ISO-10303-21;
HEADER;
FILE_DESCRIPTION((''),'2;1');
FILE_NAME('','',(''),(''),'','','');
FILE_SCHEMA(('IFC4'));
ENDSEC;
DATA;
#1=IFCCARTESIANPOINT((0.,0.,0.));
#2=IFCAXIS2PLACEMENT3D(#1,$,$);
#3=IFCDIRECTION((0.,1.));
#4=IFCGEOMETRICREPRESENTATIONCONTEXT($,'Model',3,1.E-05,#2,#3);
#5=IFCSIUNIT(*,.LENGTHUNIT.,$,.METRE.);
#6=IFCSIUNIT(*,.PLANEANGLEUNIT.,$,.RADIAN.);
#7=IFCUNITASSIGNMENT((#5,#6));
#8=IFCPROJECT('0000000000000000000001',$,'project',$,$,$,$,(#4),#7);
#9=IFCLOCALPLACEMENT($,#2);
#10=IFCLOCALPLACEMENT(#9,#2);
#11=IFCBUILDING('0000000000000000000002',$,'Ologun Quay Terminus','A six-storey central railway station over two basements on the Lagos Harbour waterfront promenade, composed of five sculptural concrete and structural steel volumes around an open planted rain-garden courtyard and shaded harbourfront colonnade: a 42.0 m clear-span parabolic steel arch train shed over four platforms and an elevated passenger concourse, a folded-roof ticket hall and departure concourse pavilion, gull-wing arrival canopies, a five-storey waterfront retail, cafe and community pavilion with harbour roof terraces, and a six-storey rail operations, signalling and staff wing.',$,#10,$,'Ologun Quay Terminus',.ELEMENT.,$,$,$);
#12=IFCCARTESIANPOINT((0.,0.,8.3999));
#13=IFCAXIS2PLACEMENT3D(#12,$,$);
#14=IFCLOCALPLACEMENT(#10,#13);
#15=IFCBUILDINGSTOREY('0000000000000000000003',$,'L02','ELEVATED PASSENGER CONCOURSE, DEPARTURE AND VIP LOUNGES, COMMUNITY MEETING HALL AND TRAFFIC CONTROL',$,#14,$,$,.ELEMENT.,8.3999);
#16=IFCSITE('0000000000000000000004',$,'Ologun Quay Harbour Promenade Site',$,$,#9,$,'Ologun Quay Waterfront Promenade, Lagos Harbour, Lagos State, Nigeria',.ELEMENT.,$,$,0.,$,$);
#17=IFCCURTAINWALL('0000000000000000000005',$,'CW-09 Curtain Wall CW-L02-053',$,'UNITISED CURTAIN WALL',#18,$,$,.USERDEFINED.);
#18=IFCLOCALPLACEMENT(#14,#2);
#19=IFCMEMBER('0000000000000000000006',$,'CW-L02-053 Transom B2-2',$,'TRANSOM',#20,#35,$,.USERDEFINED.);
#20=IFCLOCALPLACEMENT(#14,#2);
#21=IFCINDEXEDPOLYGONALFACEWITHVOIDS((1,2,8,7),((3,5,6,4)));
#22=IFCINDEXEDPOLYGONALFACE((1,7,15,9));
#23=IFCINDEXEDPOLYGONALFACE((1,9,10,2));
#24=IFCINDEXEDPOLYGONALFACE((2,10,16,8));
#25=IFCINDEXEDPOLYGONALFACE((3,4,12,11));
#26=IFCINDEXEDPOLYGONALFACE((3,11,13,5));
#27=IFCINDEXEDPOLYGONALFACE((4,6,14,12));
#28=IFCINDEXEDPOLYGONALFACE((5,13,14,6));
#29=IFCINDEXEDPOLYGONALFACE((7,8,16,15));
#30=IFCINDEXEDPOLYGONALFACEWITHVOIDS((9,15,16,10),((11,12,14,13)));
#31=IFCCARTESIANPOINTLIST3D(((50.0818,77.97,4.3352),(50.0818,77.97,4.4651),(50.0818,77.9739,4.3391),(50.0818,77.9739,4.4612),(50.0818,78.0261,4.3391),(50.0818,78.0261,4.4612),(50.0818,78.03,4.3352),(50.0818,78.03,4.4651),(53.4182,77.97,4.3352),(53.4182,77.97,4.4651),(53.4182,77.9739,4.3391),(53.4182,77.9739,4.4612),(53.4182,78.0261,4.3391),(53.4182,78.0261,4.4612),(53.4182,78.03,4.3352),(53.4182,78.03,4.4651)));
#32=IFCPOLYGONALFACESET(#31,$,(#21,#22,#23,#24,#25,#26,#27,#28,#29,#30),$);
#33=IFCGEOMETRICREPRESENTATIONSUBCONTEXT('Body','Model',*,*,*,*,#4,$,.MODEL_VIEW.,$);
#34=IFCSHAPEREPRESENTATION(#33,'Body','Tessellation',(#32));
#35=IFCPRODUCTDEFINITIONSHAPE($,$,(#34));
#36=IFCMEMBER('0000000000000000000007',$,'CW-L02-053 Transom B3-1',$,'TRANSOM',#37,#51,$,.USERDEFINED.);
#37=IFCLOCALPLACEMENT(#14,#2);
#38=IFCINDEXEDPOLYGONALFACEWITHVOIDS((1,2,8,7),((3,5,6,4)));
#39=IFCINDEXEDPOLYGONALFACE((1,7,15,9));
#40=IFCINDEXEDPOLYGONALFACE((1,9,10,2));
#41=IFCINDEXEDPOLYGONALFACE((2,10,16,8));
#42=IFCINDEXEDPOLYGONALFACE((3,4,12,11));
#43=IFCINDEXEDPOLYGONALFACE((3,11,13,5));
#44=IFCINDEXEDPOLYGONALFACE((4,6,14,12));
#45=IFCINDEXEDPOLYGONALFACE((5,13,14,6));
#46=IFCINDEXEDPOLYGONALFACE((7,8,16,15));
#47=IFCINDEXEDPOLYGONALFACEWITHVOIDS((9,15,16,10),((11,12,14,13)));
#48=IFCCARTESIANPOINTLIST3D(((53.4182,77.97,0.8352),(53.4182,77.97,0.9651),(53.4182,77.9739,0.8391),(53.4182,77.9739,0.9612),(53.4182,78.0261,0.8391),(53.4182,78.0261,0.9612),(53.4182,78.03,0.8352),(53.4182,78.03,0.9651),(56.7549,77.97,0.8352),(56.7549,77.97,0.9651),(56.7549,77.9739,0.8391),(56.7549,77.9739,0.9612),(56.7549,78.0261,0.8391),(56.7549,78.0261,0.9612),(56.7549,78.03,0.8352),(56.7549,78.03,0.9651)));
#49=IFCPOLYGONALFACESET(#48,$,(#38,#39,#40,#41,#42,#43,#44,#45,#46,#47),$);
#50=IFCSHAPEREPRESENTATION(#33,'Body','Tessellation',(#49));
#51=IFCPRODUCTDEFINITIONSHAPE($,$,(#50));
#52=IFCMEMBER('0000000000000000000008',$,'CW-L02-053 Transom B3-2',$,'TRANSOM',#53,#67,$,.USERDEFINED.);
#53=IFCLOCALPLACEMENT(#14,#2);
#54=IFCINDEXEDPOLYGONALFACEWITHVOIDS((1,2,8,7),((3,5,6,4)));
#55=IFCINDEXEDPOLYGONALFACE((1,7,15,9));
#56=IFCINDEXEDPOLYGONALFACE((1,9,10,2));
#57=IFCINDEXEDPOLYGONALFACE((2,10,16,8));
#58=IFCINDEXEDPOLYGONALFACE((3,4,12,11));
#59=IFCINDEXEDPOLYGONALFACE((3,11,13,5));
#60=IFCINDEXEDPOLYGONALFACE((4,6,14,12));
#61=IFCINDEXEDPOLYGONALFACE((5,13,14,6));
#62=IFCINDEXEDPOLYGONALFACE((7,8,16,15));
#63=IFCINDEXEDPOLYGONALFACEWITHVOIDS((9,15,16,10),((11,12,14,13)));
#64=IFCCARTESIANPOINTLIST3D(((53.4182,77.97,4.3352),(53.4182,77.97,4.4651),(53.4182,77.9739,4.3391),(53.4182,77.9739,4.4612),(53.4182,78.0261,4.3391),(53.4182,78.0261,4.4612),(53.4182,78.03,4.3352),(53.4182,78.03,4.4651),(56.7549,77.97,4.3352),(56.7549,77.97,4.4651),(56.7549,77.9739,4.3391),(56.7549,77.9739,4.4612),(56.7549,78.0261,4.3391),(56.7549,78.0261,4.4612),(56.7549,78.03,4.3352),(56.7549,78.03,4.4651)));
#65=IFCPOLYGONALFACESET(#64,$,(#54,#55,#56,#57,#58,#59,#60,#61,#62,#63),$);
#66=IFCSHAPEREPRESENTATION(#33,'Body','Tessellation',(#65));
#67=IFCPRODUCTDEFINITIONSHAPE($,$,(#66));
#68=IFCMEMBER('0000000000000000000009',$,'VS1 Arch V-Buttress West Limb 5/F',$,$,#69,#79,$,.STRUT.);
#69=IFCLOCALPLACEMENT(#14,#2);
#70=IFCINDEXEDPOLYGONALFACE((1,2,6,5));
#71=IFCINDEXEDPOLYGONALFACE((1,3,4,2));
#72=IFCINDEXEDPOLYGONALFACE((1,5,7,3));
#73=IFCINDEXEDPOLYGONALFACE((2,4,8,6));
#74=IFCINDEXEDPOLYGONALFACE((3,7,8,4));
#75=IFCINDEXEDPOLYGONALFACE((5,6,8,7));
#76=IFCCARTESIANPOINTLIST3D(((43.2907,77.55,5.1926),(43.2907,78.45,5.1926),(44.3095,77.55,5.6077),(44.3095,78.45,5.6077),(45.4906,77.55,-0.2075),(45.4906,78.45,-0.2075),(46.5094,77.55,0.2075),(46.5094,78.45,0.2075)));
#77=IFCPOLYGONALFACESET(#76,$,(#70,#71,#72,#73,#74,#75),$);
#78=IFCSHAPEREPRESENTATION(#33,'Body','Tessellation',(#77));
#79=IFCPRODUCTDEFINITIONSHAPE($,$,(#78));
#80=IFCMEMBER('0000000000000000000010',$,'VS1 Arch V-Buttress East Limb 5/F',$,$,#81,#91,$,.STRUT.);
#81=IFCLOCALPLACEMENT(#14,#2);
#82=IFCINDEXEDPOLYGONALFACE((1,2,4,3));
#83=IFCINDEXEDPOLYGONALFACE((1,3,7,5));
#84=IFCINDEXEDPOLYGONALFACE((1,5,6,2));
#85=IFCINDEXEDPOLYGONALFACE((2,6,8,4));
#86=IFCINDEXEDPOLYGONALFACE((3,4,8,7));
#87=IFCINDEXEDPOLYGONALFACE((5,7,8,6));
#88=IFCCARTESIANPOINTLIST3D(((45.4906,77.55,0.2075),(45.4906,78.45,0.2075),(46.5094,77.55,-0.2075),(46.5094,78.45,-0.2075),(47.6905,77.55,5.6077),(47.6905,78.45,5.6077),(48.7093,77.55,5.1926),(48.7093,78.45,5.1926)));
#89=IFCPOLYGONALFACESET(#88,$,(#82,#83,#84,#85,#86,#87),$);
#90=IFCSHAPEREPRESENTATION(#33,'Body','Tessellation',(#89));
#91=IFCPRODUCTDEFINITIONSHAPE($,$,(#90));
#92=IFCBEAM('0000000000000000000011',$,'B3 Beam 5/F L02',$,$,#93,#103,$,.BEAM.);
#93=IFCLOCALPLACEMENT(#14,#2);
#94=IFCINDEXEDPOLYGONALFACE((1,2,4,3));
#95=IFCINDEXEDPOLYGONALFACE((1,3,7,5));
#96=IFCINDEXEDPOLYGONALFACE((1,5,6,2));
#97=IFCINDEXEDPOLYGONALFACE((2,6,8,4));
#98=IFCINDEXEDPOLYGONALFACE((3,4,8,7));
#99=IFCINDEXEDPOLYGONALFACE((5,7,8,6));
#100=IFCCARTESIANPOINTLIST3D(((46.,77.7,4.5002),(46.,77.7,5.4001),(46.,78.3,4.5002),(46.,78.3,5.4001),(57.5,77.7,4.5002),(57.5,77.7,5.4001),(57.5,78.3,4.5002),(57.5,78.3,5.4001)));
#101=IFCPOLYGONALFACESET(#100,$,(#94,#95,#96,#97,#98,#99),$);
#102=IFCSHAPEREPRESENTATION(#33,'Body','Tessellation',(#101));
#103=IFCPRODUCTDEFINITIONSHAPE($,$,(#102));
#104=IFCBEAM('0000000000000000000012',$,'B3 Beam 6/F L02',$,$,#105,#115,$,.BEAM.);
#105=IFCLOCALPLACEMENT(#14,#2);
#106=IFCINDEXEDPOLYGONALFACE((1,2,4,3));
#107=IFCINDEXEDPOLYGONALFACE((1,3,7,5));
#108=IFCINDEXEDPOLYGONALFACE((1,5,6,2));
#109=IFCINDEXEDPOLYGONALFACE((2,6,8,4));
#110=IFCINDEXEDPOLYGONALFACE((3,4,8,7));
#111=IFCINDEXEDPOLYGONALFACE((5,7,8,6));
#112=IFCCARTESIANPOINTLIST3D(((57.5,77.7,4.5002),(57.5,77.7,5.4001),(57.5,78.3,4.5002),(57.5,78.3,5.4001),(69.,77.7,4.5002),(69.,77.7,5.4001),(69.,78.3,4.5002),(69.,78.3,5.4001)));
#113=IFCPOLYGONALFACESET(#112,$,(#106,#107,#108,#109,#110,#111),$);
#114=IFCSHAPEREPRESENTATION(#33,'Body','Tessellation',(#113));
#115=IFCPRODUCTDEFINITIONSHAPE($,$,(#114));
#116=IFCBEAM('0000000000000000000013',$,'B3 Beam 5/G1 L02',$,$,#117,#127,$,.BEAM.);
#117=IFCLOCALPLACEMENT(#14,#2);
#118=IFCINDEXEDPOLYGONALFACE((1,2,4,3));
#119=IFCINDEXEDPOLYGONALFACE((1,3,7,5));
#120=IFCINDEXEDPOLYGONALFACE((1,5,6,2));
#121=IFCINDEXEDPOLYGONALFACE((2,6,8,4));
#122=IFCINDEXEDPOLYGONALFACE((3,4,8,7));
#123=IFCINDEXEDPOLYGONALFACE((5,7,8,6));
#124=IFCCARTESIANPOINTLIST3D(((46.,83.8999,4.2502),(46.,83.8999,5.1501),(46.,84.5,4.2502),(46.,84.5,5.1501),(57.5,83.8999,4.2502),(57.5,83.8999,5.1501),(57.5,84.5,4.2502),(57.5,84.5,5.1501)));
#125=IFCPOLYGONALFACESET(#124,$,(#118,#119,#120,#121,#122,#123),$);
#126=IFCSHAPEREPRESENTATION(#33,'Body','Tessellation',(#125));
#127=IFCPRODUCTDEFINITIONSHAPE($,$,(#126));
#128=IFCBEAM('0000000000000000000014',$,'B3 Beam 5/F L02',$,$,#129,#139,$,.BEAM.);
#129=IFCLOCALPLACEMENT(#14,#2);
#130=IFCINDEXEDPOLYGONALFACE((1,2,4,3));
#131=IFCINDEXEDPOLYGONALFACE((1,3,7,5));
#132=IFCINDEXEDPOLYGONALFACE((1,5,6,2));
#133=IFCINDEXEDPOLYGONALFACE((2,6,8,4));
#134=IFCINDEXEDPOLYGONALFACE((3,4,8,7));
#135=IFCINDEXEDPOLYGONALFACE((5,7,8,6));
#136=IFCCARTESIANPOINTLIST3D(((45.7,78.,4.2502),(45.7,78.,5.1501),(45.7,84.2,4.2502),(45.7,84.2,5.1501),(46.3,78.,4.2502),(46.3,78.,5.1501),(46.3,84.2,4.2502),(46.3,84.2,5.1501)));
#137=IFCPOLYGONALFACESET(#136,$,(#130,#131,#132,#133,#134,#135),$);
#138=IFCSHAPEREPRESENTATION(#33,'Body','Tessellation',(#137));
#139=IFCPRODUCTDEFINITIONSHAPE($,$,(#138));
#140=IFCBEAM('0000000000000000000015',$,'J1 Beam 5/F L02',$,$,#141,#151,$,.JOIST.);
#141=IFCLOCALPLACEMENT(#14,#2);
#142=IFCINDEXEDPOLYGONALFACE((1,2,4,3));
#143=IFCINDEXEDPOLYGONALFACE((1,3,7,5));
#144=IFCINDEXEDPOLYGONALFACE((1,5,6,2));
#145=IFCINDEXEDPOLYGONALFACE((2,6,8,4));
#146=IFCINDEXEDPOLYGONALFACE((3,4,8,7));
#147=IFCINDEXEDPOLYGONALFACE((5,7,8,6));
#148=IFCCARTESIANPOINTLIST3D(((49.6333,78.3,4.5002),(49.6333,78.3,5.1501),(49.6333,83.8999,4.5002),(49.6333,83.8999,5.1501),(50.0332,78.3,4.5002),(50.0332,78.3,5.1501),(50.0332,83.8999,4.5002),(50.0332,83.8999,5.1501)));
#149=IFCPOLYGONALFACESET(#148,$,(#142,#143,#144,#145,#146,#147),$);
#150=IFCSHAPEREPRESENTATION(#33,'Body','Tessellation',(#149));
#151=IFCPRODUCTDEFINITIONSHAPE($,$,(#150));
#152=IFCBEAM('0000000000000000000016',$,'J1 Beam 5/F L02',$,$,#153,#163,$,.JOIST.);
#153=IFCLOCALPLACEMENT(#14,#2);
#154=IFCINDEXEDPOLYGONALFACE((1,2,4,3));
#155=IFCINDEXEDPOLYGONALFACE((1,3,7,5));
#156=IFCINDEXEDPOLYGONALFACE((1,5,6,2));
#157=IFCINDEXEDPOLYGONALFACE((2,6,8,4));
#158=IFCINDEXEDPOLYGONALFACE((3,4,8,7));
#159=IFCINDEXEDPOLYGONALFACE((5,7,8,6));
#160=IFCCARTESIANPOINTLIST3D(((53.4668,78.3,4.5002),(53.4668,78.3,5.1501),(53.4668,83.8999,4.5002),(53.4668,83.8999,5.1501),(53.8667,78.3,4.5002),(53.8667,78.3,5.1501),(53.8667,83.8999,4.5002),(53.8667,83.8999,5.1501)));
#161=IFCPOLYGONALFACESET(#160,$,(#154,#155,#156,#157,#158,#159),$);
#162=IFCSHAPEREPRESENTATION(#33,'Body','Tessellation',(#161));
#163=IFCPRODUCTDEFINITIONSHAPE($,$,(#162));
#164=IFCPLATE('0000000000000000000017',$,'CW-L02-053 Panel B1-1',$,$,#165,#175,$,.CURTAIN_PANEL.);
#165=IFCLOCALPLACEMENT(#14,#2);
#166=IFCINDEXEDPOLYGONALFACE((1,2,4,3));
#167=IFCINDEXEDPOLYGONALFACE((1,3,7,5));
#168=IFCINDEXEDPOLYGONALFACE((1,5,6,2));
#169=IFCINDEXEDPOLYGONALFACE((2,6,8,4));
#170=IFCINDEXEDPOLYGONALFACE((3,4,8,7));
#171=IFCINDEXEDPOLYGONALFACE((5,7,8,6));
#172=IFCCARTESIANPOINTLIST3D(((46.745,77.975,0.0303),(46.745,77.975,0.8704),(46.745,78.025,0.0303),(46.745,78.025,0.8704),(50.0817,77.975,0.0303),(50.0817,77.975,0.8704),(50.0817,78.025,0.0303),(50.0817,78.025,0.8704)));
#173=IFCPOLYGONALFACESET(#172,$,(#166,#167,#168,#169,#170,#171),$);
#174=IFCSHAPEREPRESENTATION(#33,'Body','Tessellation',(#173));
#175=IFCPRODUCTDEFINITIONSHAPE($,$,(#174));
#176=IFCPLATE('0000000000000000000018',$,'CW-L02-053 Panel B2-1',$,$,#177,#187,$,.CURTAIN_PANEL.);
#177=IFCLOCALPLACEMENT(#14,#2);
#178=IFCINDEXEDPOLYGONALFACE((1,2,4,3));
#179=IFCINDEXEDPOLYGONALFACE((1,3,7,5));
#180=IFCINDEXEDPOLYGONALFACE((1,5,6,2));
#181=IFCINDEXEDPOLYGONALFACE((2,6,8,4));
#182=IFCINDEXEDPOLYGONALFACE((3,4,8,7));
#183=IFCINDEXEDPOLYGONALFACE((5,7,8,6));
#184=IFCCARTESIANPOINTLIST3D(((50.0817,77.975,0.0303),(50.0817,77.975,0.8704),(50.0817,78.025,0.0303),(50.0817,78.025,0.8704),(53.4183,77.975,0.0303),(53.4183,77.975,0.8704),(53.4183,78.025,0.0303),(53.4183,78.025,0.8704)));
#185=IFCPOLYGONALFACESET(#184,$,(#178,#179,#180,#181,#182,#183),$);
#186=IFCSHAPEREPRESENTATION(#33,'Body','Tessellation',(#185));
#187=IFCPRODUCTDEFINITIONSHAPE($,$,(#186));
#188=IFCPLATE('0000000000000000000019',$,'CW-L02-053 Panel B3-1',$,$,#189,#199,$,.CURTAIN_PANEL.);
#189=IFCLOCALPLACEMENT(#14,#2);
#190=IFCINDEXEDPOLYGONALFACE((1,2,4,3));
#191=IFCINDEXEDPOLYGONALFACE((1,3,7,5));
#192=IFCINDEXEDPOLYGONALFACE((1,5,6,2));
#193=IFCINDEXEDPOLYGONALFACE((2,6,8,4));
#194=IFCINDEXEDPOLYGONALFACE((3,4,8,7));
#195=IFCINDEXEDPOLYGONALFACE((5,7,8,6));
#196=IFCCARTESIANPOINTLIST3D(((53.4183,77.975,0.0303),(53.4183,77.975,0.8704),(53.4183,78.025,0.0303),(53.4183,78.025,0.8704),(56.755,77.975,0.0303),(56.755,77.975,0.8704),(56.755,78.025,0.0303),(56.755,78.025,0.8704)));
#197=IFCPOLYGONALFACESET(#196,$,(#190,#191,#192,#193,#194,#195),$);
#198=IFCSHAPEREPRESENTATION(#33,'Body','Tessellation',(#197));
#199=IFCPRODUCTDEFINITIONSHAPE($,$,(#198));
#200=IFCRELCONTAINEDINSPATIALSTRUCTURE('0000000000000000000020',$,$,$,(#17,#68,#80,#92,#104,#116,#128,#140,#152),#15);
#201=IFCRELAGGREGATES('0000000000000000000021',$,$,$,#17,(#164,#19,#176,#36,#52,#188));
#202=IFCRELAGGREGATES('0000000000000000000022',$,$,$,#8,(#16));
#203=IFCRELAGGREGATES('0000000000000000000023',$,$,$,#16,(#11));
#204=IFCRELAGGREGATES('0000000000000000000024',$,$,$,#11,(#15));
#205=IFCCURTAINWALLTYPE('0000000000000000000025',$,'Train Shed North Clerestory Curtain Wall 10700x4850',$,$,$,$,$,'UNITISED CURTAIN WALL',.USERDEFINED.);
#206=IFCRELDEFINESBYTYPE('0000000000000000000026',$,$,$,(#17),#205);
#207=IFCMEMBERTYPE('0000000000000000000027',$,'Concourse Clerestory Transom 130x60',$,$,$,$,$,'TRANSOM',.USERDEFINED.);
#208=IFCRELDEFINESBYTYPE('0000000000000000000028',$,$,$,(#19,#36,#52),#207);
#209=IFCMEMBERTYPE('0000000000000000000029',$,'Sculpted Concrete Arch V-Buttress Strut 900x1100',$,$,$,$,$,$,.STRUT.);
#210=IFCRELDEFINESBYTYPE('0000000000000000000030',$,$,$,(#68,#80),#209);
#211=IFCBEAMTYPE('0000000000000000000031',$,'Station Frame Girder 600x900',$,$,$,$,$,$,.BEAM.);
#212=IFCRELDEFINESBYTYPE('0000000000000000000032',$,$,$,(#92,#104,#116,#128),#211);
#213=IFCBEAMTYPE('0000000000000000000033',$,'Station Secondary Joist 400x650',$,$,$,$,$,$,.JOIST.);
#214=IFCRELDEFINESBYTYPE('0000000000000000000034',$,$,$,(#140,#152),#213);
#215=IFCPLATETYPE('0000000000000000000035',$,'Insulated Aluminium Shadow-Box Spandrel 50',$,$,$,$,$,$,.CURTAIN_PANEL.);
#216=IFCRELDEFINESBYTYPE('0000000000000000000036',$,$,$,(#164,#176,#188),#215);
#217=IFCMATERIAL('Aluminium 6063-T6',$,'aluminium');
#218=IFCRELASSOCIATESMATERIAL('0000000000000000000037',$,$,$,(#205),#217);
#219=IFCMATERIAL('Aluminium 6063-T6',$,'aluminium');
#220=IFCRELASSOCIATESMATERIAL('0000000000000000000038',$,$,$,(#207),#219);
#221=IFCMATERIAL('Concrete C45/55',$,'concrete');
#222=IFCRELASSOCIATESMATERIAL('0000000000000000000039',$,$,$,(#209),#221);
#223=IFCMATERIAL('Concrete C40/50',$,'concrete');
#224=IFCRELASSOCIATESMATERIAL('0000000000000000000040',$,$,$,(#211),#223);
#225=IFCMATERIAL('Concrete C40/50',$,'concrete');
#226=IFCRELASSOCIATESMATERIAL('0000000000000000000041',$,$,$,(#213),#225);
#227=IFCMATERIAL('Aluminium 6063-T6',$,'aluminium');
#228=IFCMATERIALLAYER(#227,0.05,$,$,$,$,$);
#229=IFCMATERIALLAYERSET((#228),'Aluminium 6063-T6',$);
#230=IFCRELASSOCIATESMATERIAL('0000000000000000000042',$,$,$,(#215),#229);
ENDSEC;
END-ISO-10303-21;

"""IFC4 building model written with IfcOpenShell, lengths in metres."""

from ifc_helpers import new_model, si_unit, direction, frame, origin, origin_2d, place, context, subcontext, project, spatial, rectangle, hollow_rectangle, extrude, material, layer, layer_set, material_profile, profile_set, type_object, element, aggregate, save


model = new_model("IFC4")

# Units and contexts
model_context = context("Model", 3, precision=1e-05, world=origin(), true_north=direction((0.0, 1.0)))
body_context = subcontext(model_context, "Body", "Model", "MODEL_VIEW")
ifc_project = project(units=[si_unit("LENGTHUNIT", "METRE"), si_unit("PLANEANGLEUNIT", "RADIAN")], contexts=[model_context])

# Site, building, storey
site_placement = place(None, origin())
site = spatial("IfcSite", under=ifc_project, at=site_placement, Name="Ologun Quay Harbour Promenade Site", LongName="Ologun Quay Waterfront Promenade, Lagos Harbour, Lagos State, Nigeria", CompositionType="ELEMENT", RefElevation=0.0)
building_placement = place(site_placement, origin())
building = spatial("IfcBuilding", under=site, at=building_placement, Name="Ologun Quay Terminus", Description="A six-storey central railway station over two basements on the Lagos Harbour waterfront promenade, composed of five sculptural concrete and structural steel volumes around an open planted rain-garden courtyard and shaded harbourfront colonnade: a 42.0 m clear-span parabolic steel arch train shed over four platforms and an elevated passenger concourse, a folded-roof ticket hall and departure concourse pavilion, gull-wing arrival canopies, a five-storey waterfront retail, cafe and community pavilion with harbour roof terraces, and a six-storey rail operations, signalling and staff wing.", LongName="Ologun Quay Terminus", CompositionType="ELEMENT")
storey_placement = place(building_placement, frame((0.0, 0.0, 8.3999)))
storey = spatial("IfcBuildingStorey", under=building, at=storey_placement, Name="L02", Description="ELEVATED PASSENGER CONCOURSE, DEPARTURE AND VIP LOUNGES, COMMUNITY MEETING HALL AND TRAFFIC CONTROL", CompositionType="ELEMENT", Elevation=8.3999)

# Shared definitions
ifc_material_1 = material(Name="Aluminium 6063-T6", Category="aluminium")
curtain_wall_type = type_object("IfcCurtainWallType", Name="Train Shed North Clerestory Curtain Wall 10700x4850", ElementType="UNITISED CURTAIN WALL", PredefinedType="USERDEFINED", material=ifc_material_1)

# Curtain wall, members
curtain_wall_1_placement = place(storey_placement, origin())
curtain_wall_1 = element("IfcCurtainWall", 1, at=curtain_wall_1_placement, inside=storey, type_object=curtain_wall_type, Name="CW-09 Curtain Wall CW-L02-053", ObjectType="UNITISED CURTAIN WALL", PredefinedType="USERDEFINED")
ifc_material_2 = material(Name="Aluminium 6063-T6", Category="aluminium")
ifc_material_profile_1 = material_profile(ifc_material_2, hollow_rectangle(XDim=0.0601, YDim=0.1299, WallThickness=0.0039, at=origin_2d()), Name="ALU 130x60x4")
ifc_profile_set_1 = profile_set([ifc_material_profile_1], Name="Aluminium 6063-T6")
member_type_1 = type_object("IfcMemberType", Name="Concourse Clerestory Transom 130x60", ElementType="TRANSOM", PredefinedType="USERDEFINED", material=ifc_profile_set_1)
member_1_placement = place(storey_placement, frame((50.0818, 78.0, 4.4001), z_axis=(1.0, 0.0, 0.0), x_axis=(0.0, 1.0, 0.0)))
member_1 = element("IfcMember", 2, at=member_1_placement, type_object=member_type_1, Name="CW-L02-053 Transom B2-2", ObjectType="TRANSOM", PredefinedType="USERDEFINED", context=body_context, shape_type="SweptSolid", body=[
    extrude(hollow_rectangle(XDim=0.0601, YDim=0.1299, WallThickness=0.0039, at=origin_2d()), origin(), (0.0, 0.0, 1.0), 3.3364),
])
member_2_placement = place(storey_placement, frame((53.4182, 78.0, 0.9001), z_axis=(1.0, 0.0, 0.0), x_axis=(0.0, 1.0, 0.0)))
member_2 = element("IfcMember", 3, at=member_2_placement, type_object=member_type_1, Name="CW-L02-053 Transom B3-1", ObjectType="TRANSOM", PredefinedType="USERDEFINED", context=body_context, shape_type="SweptSolid", body=[
    extrude(hollow_rectangle(XDim=0.0601, YDim=0.1299, WallThickness=0.0039, at=origin_2d()), origin(), (0.0, 0.0, 1.0), 3.3367),
])
member_3_placement = place(storey_placement, frame((53.4182, 78.0, 4.4001), z_axis=(1.0, 0.0, 0.0), x_axis=(0.0, 1.0, 0.0)))
member_3 = element("IfcMember", 4, at=member_3_placement, type_object=member_type_1, Name="CW-L02-053 Transom B3-2", ObjectType="TRANSOM", PredefinedType="USERDEFINED", context=body_context, shape_type="SweptSolid", body=[
    extrude(hollow_rectangle(XDim=0.0601, YDim=0.1299, WallThickness=0.0039, at=origin_2d()), origin(), (0.0, 0.0, 1.0), 3.3367),
])

# Members
ifc_material_3 = material(Name="Concrete C45/55", Category="concrete")
ifc_material_profile_2 = material_profile(ifc_material_3, rectangle(XDim=0.8999, YDim=1.1001, at=origin_2d()), Name="RC 900x1100")
ifc_profile_set_2 = profile_set([ifc_material_profile_2], Name="Concrete C45/55")
member_type_2 = type_object("IfcMemberType", Name="Sculpted Concrete Arch V-Buttress Strut 900x1100", PredefinedType="STRUT", material=ifc_profile_set_2)
for number, where, z_axis, x_axis, name in (
    (5, (46.0, 78.0, 0.0), (-0.377281, 0.0, 0.926099), (0.0, -1.0, 0.0), "VS1 Arch V-Buttress West Limb 5/F"),
    (6, (46.0, 78.0, 0.0), (0.377281, 0.0, 0.926099), (0.0, 1.0, 0.0), "VS1 Arch V-Buttress East Limb 5/F"),
):
    element("IfcMember", number, at=place(storey_placement, frame(where, z_axis=z_axis, x_axis=x_axis)), inside=storey, type_object=member_type_2, Name=name, PredefinedType="STRUT", context=body_context, shape_type="SweptSolid", body=[
        extrude(rectangle(XDim=0.8999, YDim=1.1001, at=origin_2d()), origin(), (0.0, 0.0, 1.0), 5.8311),
    ])

# Beams
ifc_material_4 = material(Name="Concrete C40/50", Category="concrete")
ifc_material_profile_3 = material_profile(ifc_material_4, rectangle(XDim=0.6001, YDim=0.8999, at=origin_2d()), Name="RC 600x900")
ifc_profile_set_3 = profile_set([ifc_material_profile_3], Name="Concrete C40/50")
beam_type_1 = type_object("IfcBeamType", Name="Station Frame Girder 600x900", PredefinedType="BEAM", material=ifc_profile_set_3)
for number, where, z_axis, x_axis, name in (
    (7, (46.0, 78.0, 4.9502), (1.0, 0.0, 0.0), (0.0, 1.0, 0.0), "B3 Beam 5/F L02"),
    (8, (57.5, 78.0, 4.9502), (1.0, 0.0, 0.0), (0.0, 1.0, 0.0), "B3 Beam 6/F L02"),
    (9, (46.0, 84.2, 4.7002), (1.0, 0.0, 0.0), (0.0, 1.0, 0.0), "B3 Beam 5/G1 L02"),
):
    element("IfcBeam", number, at=place(storey_placement, frame(where, z_axis=z_axis, x_axis=x_axis)), inside=storey, type_object=beam_type_1, Name=name, PredefinedType="BEAM", context=body_context, shape_type="SweptSolid", body=[
        extrude(rectangle(XDim=0.6001, YDim=0.8999, at=origin_2d()), origin(), (0.0, 0.0, 1.0), 11.5),
    ])
beam_placement = place(storey_placement, frame((46.0, 78.0, 4.7002), z_axis=(0.0, 1.0, 0.0), x_axis=(-1.0, 0.0, 0.0)))
element("IfcBeam", 10, at=beam_placement, inside=storey, type_object=beam_type_1, Name="B3 Beam 5/F L02", PredefinedType="BEAM", context=body_context, shape_type="SweptSolid", body=[
    extrude(rectangle(XDim=0.6001, YDim=0.8999, at=origin_2d()), origin(), (0.0, 0.0, 1.0), 6.2),
])
ifc_material_5 = material(Name="Concrete C40/50", Category="concrete")
ifc_material_profile_4 = material_profile(ifc_material_5, rectangle(XDim=0.3999, YDim=0.6499, at=origin_2d()), Name="RC 400x650")
ifc_profile_set_4 = profile_set([ifc_material_profile_4], Name="Concrete C40/50")
beam_type_2 = type_object("IfcBeamType", Name="Station Secondary Joist 400x650", PredefinedType="JOIST", material=ifc_profile_set_4)
for number, where, z_axis, x_axis, name in (
    (11, (49.8333, 78.3, 4.8252), (0.0, 1.0, 0.0), (-1.0, 0.0, 0.0), "J1 Beam 5/F L02"),
    (12, (53.6667, 78.3, 4.8252), (0.0, 1.0, 0.0), (-1.0, 0.0, 0.0), "J1 Beam 5/F L02"),
):
    element("IfcBeam", number, at=place(storey_placement, frame(where, z_axis=z_axis, x_axis=x_axis)), inside=storey, type_object=beam_type_2, Name=name, PredefinedType="JOIST", context=body_context, shape_type="SweptSolid", body=[
        extrude(rectangle(XDim=0.3999, YDim=0.6499, at=origin_2d()), origin(), (0.0, 0.0, 1.0), 5.5999),
    ])

# Plates
ifc_material_6 = material(Name="Aluminium 6063-T6", Category="aluminium")
ifc_layer_1 = layer(ifc_material_6, 0.05)
ifc_layer_set_1 = layer_set([ifc_layer_1], Name="Aluminium 6063-T6")
plate_type_1 = type_object("IfcPlateType", Name="Insulated Aluminium Shadow-Box Spandrel 50", PredefinedType="CURTAIN_PANEL", material=ifc_layer_set_1)
plate_1_placement = place(storey_placement, frame((48.4133, 78.0, 0.0303), z_axis=(0.0, 0.0, 1.0), x_axis=(1.0, 0.0, 0.0)))
plate_1 = element("IfcPlate", 13, at=plate_1_placement, type_object=plate_type_1, Name="CW-L02-053 Panel B1-1", PredefinedType="CURTAIN_PANEL", context=body_context, shape_type="SweptSolid", body=[
    extrude(rectangle(XDim=3.3367, YDim=0.05, at=origin_2d()), origin(), (0.0, 0.0, 1.0), 0.8401),
])
plate_2_placement = place(storey_placement, frame((51.75, 78.0, 0.0303), z_axis=(0.0, 0.0, 1.0), x_axis=(1.0, 0.0, 0.0)))
plate_2 = element("IfcPlate", 14, at=plate_2_placement, type_object=plate_type_1, Name="CW-L02-053 Panel B2-1", PredefinedType="CURTAIN_PANEL", context=body_context, shape_type="SweptSolid", body=[
    extrude(rectangle(XDim=3.3367, YDim=0.05, at=origin_2d()), origin(), (0.0, 0.0, 1.0), 0.8401),
])
plate_3_placement = place(storey_placement, frame((55.0867, 78.0, 0.0303), z_axis=(0.0, 0.0, 1.0), x_axis=(1.0, 0.0, 0.0)))
plate_3 = element("IfcPlate", 15, at=plate_3_placement, type_object=plate_type_1, Name="CW-L02-053 Panel B3-1", PredefinedType="CURTAIN_PANEL", context=body_context, shape_type="SweptSolid", body=[
    extrude(rectangle(XDim=3.3367, YDim=0.05, at=origin_2d()), origin(), (0.0, 0.0, 1.0), 0.8401),
])
aggregate(curtain_wall_1, [plate_1, member_1, plate_2, member_2, member_3, plate_3])

save(model, "model.ifc")
